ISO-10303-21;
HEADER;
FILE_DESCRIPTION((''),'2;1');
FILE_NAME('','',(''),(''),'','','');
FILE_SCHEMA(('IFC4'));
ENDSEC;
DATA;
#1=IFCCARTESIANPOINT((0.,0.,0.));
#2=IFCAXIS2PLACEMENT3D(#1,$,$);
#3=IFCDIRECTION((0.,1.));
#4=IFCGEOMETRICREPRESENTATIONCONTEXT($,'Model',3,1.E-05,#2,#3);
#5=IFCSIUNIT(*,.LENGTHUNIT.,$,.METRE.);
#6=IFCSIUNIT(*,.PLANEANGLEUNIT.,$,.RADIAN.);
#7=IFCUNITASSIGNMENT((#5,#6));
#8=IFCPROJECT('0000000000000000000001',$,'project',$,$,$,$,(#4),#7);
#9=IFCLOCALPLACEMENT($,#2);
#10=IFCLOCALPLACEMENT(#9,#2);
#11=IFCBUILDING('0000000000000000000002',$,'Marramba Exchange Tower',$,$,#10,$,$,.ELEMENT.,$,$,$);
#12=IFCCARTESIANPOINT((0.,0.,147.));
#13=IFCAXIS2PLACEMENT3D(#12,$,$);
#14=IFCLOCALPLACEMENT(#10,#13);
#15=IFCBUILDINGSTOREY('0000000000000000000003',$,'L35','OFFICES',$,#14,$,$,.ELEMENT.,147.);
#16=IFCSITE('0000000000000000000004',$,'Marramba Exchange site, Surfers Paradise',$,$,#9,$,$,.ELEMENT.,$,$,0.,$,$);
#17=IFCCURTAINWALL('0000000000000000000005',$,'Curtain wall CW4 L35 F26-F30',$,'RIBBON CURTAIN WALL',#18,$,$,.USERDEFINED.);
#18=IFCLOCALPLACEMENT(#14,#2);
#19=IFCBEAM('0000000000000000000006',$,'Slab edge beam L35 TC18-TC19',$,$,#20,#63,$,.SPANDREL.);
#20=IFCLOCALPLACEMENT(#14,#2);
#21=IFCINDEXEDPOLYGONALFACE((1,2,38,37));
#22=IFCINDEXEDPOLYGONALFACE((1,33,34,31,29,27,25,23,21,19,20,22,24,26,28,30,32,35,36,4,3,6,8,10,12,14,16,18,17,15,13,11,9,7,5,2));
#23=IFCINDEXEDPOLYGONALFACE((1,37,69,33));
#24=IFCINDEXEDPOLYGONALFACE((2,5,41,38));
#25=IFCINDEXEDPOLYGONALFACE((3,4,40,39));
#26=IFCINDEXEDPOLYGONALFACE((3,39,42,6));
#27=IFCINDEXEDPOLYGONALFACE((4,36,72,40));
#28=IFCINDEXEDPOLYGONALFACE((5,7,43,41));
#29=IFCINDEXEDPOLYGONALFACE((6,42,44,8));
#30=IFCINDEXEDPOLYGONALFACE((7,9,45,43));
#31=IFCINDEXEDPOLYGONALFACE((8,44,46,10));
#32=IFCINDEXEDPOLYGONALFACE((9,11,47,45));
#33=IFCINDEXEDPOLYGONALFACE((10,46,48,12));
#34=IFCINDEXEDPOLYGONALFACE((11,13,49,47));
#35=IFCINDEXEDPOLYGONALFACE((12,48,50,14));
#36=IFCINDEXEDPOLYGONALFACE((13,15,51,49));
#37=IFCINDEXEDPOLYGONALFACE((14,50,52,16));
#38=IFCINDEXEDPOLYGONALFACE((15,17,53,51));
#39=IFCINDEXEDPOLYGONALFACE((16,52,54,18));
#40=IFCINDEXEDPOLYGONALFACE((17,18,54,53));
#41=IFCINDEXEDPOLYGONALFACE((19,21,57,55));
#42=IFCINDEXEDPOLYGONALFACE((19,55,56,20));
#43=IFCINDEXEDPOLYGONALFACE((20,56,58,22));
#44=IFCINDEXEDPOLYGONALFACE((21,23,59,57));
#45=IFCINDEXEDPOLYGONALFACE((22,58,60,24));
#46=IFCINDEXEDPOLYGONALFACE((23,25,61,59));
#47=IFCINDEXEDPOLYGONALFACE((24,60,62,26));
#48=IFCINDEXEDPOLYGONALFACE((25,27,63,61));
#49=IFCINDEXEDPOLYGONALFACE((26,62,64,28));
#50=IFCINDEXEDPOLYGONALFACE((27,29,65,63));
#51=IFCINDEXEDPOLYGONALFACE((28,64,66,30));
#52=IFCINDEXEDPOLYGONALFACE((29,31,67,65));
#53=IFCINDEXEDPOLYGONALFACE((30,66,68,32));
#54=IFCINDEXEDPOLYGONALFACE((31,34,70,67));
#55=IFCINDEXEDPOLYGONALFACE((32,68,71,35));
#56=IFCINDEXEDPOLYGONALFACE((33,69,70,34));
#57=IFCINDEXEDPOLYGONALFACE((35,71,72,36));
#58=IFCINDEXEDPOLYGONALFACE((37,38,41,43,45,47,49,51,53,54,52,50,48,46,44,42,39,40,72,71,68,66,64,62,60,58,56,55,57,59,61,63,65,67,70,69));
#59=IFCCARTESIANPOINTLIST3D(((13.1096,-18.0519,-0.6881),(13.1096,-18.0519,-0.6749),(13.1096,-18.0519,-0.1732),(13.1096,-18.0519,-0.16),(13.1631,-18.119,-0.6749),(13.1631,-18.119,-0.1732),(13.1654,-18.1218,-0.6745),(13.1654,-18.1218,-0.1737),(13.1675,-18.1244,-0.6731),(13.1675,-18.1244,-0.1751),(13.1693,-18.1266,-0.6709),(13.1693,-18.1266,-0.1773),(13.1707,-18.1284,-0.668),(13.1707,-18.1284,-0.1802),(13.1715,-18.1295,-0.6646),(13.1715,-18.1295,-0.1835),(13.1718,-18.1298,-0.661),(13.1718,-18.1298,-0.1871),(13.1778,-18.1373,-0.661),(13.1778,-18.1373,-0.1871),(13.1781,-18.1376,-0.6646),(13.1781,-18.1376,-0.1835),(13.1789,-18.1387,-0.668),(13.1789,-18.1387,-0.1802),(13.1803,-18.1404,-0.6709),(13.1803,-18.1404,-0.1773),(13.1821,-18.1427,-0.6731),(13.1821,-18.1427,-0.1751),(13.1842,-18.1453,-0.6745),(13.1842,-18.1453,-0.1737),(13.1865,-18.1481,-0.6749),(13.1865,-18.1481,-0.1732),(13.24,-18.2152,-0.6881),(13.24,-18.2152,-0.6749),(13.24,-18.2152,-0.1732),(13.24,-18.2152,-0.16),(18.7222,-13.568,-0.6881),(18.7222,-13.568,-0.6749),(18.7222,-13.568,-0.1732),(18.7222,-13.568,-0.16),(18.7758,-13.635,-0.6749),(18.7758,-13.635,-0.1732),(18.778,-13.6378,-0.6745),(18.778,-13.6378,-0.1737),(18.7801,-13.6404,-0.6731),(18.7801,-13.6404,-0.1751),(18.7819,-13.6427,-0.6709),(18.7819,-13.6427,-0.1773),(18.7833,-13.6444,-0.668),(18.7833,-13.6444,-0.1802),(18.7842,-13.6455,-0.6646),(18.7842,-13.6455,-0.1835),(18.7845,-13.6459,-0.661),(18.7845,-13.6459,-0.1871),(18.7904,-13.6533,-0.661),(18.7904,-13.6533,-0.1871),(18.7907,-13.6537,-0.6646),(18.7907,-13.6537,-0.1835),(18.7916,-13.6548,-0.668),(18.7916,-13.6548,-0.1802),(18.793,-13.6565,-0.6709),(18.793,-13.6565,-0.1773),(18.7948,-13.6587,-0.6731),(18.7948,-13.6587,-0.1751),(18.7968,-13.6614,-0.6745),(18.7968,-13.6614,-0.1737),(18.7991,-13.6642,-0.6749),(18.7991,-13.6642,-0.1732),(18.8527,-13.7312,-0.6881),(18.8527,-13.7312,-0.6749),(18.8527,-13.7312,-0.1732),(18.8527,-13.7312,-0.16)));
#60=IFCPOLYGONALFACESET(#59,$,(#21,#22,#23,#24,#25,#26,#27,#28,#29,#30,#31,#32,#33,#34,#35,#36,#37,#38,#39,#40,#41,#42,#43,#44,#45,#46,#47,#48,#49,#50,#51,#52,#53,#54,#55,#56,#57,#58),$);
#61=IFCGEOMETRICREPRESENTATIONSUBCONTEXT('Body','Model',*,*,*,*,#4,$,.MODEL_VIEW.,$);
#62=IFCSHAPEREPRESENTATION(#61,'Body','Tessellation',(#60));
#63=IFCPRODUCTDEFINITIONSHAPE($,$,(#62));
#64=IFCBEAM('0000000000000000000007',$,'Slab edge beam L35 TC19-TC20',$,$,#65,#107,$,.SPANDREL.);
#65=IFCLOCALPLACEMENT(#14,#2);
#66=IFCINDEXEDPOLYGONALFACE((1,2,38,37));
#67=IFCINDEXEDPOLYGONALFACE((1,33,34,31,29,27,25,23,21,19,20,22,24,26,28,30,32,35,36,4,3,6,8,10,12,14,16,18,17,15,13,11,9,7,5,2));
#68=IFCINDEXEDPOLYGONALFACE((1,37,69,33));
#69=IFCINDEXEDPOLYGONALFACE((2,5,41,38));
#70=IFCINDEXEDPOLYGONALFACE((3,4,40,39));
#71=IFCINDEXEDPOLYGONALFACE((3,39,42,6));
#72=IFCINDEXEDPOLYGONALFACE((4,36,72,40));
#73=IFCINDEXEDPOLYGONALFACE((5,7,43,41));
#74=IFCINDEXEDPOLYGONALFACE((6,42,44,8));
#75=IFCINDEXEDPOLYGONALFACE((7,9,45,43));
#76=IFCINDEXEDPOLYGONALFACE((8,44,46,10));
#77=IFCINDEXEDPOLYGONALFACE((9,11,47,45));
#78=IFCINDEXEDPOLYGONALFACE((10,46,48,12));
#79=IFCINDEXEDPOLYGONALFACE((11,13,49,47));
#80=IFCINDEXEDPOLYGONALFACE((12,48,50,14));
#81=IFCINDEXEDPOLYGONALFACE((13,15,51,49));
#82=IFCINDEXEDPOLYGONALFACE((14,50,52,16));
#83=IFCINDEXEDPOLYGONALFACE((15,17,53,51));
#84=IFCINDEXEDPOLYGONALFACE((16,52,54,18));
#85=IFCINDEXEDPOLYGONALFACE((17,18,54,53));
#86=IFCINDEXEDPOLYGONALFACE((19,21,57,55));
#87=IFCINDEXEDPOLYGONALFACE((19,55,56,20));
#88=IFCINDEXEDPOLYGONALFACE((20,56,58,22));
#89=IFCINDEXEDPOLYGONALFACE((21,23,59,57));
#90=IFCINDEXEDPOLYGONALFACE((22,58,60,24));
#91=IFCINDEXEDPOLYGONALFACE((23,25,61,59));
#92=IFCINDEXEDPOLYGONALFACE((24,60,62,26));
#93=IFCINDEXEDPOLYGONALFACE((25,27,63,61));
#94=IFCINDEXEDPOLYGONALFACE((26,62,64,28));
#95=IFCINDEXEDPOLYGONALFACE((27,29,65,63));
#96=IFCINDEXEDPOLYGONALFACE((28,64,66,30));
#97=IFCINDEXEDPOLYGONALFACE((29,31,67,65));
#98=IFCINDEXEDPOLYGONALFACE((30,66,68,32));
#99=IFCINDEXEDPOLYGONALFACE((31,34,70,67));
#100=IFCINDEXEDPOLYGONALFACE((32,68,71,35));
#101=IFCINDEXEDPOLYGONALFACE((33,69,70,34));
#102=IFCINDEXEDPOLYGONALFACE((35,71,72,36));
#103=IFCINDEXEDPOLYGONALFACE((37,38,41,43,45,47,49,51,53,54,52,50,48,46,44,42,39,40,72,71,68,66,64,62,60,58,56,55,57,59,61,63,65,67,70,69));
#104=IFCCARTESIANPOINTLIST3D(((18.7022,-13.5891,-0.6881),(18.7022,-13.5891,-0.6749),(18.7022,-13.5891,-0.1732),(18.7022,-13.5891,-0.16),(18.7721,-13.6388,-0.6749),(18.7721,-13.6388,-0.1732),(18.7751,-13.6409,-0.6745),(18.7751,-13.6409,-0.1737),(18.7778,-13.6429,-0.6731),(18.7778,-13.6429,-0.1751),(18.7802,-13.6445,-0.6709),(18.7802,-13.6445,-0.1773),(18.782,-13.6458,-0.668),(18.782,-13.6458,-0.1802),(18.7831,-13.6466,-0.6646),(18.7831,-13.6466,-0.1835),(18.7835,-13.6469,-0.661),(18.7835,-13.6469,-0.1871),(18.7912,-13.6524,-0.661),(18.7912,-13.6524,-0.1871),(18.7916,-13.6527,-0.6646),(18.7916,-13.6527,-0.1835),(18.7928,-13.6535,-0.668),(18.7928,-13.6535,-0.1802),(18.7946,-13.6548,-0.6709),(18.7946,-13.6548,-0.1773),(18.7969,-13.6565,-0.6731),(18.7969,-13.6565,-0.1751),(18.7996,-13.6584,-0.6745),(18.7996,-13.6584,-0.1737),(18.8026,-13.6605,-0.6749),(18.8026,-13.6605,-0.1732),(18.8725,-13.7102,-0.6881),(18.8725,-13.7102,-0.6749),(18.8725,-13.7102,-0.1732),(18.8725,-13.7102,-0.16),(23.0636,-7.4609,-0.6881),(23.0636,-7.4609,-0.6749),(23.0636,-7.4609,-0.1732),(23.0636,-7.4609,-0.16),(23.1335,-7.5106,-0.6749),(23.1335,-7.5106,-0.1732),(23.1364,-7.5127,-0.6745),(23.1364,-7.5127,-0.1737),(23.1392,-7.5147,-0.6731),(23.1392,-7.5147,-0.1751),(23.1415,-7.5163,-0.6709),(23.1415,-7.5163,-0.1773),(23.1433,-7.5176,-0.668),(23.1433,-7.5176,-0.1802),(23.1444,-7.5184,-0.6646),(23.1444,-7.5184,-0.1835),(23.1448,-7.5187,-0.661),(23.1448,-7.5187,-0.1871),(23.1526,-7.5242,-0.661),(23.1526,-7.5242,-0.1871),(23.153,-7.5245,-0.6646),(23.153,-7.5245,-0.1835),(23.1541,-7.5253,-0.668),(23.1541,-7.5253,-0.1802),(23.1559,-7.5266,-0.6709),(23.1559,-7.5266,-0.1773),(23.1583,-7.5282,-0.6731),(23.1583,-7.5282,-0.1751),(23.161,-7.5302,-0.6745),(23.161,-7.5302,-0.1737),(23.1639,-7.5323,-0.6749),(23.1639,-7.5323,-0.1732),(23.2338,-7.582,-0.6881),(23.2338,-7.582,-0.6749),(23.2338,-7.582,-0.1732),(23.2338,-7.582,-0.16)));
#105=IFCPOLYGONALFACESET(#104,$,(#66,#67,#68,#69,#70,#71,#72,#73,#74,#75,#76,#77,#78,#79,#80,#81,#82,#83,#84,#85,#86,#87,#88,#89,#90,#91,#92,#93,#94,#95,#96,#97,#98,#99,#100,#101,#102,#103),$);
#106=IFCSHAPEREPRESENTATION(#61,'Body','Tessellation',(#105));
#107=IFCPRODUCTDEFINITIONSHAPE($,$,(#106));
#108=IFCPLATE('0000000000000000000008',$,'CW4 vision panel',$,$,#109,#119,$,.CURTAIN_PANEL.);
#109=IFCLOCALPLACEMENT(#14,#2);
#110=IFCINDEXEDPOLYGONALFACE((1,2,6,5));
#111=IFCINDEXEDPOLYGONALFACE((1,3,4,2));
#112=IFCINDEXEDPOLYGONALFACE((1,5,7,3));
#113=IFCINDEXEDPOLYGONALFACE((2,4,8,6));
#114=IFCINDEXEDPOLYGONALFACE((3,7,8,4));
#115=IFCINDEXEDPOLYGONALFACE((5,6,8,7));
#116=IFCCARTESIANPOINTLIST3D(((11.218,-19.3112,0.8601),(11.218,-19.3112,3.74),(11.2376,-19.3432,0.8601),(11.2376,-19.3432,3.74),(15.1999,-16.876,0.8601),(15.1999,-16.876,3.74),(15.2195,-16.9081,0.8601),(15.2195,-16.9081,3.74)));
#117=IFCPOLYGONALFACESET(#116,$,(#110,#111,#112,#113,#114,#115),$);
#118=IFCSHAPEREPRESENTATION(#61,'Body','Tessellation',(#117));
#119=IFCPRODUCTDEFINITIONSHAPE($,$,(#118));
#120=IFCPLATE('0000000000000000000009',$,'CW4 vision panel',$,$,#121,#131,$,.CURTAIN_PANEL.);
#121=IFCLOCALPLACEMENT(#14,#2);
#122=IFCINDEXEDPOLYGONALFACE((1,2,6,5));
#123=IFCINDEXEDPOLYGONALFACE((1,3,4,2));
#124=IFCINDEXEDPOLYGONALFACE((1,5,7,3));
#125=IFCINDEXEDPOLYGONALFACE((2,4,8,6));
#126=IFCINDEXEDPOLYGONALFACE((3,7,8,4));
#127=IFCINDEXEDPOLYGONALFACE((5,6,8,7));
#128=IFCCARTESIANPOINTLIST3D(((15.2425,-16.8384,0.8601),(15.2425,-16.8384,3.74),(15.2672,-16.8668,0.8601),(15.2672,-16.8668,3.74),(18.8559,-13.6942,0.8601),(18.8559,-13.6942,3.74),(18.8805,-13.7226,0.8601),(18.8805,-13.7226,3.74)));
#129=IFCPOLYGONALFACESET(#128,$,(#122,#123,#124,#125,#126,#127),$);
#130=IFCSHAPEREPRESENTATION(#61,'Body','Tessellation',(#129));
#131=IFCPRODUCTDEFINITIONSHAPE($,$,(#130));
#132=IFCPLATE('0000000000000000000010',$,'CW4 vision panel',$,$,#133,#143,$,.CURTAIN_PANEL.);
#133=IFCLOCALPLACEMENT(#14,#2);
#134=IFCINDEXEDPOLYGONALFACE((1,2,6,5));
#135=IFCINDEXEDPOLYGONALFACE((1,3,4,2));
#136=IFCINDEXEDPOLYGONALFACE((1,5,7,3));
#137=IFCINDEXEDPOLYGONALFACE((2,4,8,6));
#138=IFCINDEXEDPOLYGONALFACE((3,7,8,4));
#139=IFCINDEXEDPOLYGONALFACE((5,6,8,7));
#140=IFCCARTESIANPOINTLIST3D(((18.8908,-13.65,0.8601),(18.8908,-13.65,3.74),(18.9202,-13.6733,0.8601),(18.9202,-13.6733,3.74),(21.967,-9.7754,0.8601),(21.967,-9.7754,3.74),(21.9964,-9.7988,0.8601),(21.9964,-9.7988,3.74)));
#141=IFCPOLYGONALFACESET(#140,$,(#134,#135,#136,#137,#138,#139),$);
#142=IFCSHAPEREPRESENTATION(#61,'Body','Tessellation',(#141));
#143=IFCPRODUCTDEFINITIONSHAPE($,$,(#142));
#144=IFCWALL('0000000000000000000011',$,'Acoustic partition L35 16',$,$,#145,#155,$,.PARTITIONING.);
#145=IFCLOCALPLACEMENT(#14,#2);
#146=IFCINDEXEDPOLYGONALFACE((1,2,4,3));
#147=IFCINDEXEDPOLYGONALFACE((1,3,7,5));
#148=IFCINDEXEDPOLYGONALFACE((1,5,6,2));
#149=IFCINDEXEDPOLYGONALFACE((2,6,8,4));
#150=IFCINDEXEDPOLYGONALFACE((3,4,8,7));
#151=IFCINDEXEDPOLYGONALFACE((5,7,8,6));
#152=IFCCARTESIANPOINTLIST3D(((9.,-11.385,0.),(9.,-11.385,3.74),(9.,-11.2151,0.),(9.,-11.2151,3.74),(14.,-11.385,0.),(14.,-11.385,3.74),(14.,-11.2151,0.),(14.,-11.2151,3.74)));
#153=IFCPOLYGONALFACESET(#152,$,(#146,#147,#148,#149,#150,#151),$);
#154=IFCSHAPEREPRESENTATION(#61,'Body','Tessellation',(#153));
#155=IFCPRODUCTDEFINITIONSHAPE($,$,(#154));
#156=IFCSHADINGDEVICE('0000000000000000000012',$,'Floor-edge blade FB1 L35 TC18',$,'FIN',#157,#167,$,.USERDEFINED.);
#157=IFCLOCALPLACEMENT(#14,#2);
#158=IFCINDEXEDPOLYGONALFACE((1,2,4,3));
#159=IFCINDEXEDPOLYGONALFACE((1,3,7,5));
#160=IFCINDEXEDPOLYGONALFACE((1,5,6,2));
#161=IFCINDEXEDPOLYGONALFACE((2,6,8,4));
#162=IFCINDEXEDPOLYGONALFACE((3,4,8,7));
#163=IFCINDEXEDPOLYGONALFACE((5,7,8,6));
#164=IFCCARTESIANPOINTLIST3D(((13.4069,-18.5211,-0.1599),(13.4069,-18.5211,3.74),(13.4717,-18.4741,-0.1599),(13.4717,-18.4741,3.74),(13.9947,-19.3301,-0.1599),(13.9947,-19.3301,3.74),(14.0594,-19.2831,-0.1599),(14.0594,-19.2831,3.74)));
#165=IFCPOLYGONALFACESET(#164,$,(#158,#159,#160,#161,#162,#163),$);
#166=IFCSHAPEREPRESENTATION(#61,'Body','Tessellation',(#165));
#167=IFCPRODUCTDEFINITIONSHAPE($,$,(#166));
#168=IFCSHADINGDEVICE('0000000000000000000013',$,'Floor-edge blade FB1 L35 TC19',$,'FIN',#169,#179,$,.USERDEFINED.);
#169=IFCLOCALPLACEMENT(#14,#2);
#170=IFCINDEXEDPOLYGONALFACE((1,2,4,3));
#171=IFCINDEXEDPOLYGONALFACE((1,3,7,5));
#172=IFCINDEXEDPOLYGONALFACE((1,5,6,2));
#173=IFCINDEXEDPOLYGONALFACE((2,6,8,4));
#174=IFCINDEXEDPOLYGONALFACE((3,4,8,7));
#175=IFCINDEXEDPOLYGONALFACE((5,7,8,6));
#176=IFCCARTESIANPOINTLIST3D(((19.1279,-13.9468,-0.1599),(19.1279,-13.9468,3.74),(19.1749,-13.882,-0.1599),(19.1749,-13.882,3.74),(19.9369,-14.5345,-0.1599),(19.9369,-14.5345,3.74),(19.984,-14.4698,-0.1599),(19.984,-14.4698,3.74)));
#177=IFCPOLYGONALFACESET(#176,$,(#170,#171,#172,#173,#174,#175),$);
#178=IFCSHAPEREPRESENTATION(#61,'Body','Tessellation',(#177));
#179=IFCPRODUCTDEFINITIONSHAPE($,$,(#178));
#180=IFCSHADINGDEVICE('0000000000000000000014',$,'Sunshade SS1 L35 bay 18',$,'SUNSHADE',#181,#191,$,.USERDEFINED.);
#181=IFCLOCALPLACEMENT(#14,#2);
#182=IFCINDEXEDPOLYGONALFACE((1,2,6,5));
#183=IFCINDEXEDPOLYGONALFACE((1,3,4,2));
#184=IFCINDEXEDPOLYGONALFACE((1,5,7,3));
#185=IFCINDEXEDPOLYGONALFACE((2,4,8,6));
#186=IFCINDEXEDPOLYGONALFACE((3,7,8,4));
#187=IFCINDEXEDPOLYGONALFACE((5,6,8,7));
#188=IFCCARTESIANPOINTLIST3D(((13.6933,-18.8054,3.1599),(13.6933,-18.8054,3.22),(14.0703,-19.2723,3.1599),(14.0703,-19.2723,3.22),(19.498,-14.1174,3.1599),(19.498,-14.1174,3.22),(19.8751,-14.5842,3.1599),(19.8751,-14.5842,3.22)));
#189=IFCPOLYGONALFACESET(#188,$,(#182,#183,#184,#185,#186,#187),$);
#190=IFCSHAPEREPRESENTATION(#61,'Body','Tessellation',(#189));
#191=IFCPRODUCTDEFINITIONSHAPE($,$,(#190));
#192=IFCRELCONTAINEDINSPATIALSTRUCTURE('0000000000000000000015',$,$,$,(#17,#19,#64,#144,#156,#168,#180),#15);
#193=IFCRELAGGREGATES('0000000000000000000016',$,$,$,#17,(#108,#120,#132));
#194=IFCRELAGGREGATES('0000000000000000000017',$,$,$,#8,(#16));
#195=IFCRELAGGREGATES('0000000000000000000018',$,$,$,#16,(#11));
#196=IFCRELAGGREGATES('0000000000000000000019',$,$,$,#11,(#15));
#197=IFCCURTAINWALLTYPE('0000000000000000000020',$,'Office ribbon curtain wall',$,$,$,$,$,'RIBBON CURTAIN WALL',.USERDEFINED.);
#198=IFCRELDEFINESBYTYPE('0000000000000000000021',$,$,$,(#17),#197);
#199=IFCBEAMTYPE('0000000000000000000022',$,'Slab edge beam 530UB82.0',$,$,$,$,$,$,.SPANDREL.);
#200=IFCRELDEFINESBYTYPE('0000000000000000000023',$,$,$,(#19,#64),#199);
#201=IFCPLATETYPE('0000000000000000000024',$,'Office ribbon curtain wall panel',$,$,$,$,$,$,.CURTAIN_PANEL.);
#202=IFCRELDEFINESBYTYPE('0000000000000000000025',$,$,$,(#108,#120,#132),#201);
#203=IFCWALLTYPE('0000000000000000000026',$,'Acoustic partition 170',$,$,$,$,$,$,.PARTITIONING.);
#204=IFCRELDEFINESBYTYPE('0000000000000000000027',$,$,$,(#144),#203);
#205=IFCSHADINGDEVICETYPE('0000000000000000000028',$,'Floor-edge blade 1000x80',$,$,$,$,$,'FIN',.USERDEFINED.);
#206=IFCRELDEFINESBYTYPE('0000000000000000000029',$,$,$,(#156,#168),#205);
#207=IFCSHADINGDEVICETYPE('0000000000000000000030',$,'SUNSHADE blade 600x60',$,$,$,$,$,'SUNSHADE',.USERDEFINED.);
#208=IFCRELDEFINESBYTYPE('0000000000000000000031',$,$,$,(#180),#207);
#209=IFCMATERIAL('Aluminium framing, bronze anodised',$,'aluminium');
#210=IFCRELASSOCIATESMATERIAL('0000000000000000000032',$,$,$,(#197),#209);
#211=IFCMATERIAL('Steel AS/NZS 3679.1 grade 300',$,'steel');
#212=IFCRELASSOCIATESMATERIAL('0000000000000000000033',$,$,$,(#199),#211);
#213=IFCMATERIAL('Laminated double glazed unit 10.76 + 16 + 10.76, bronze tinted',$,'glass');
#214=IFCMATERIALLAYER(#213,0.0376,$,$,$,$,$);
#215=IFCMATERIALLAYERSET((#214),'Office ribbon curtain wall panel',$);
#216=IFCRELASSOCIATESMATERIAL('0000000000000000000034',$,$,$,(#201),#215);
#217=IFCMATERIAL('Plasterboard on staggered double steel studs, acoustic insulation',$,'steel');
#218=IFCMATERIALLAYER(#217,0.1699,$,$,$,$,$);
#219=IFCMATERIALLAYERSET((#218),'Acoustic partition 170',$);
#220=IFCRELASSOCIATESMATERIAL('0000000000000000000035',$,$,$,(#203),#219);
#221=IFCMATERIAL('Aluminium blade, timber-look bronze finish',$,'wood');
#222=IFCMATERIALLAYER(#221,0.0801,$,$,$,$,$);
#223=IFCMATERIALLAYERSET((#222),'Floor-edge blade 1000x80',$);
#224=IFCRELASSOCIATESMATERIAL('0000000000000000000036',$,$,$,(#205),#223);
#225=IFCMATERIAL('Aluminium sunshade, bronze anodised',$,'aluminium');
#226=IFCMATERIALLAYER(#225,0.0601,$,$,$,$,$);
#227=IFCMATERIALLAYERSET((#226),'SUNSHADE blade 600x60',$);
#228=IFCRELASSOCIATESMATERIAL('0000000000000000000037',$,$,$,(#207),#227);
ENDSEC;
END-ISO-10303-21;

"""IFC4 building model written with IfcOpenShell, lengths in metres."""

from ifc_helpers import new_model, si_unit, direction, frame, frame_2d, origin, origin_2d, place, context, subcontext, project, spatial, rectangle, i_section, extrude, material, layer, layer_set, material_profile, profile_set, type_object, element, aggregate, save


model = new_model("IFC4")

# Units and contexts
model_context = context("Model", 3, precision=1e-05, world=origin(), true_north=direction((0.0, 1.0)))
body_context = subcontext(model_context, "Body", "Model", "MODEL_VIEW")
ifc_project = project(units=[si_unit("LENGTHUNIT", "METRE"), si_unit("PLANEANGLEUNIT", "RADIAN")], contexts=[model_context])

# Site, building, storey
site_placement = place(None, origin())
site = spatial("IfcSite", under=ifc_project, at=site_placement, Name="Marramba Exchange site, Surfers Paradise", CompositionType="ELEMENT", RefElevation=0.0)
building_placement = place(site_placement, origin())
building = spatial("IfcBuilding", under=site, at=building_placement, Name="Marramba Exchange Tower", CompositionType="ELEMENT")
storey_placement = place(building_placement, frame((0.0, 0.0, 147.0)))
storey = spatial("IfcBuildingStorey", under=building, at=storey_placement, Name="L35", Description="OFFICES", CompositionType="ELEMENT", Elevation=147.0)

# Curtain wall
ifc_material_1 = material(Name="Aluminium framing, bronze anodised", Category="aluminium")
curtain_wall_type = type_object("IfcCurtainWallType", Name="Office ribbon curtain wall", ElementType="RIBBON CURTAIN WALL", PredefinedType="USERDEFINED", material=ifc_material_1)
curtain_wall_placement = place(storey_placement, origin())
curtain_wall = element("IfcCurtainWall", 1, at=curtain_wall_placement, inside=storey, type_object=curtain_wall_type, Name="Curtain wall CW4 L35 F26-F30", ObjectType="RIBBON CURTAIN WALL", PredefinedType="USERDEFINED")

# Beams
ifc_material_2 = material(Name="Steel AS/NZS 3679.1 grade 300", Category="steel")
ifc_material_profile_1 = material_profile(ifc_material_2, i_section(OverallWidth=0.209, OverallDepth=0.5281, WebThickness=0.0095, FlangeThickness=0.0132, FilletRadius=0.0139, at=origin_2d()), Name="530UB82.0")
ifc_profile_set_1 = profile_set([ifc_material_profile_1], Name="Steel AS/NZS 3679.1 grade 300")
beam_type_1 = type_object("IfcBeamType", Name="Slab edge beam 530UB82.0", PredefinedType="SPANDREL", material=ifc_profile_set_1)
beam_1_placement = place(storey_placement, frame((13.1748, -18.1335, -0.4241), z_axis=(0.781286, 0.624173, 0.0), x_axis=(-0.624173, 0.781286, 0.0)))
element("IfcBeam", 2, at=beam_1_placement, inside=storey, type_object=beam_type_1, Name="Slab edge beam L35 TC18-TC19", PredefinedType="SPANDREL", context=body_context, shape_type="SweptSolid", body=[
    extrude(i_section(OverallWidth=0.209, OverallDepth=0.5281, WebThickness=0.0095, FlangeThickness=0.0132, FilletRadius=0.0139, at=origin_2d()), origin(), (0.0, 0.0, 1.0), 7.1838),
])
beam_2_placement = place(storey_placement, frame((18.7874, -13.6497, -0.4241), z_axis=(0.579834, 0.814735, 0.0), x_axis=(-0.814735, 0.579834, 0.0)))
element("IfcBeam", 3, at=beam_2_placement, inside=storey, type_object=beam_type_1, Name="Slab edge beam L35 TC19-TC20", PredefinedType="SPANDREL", context=body_context, shape_type="SweptSolid", body=[
    extrude(i_section(OverallWidth=0.209, OverallDepth=0.5281, WebThickness=0.0095, FlangeThickness=0.0132, FilletRadius=0.0139, at=origin_2d()), origin(), (0.0, 0.0, 1.0), 7.5217),
])

# Plates
ifc_material_3 = material(Name="Laminated double glazed unit 10.76 + 16 + 10.76, bronze tinted", Category="glass")
ifc_layer_1 = layer(ifc_material_3, 0.0376)
ifc_layer_set_1 = layer_set([ifc_layer_1], Name="Office ribbon curtain wall panel")
plate_type = type_object("IfcPlateType", Name="Office ribbon curtain wall panel", PredefinedType="CURTAIN_PANEL", material=ifc_layer_set_1)
plate_1_placement = place(storey_placement, frame((13.2188, -18.1096, 0.8601), z_axis=(0.0, 0.0, 1.0), x_axis=(0.853109, 0.521733, 0.0)))
plate_1 = element("IfcPlate", 4, at=plate_1_placement, type_object=plate_type, Name="CW4 vision panel", PredefinedType="CURTAIN_PANEL", context=body_context, shape_type="SweptSolid", body=[
    extrude(rectangle(XDim=4.6675, YDim=0.0376, at=origin_2d()), origin(), (0.0, 0.0, 1.0), 2.8799),
])
plate_2_placement = place(storey_placement, frame((17.0615, -15.2805, 0.8601), z_axis=(0.0, 0.0, 1.0), x_axis=(0.754386, 0.656432, 0.0)))
plate_2 = element("IfcPlate", 5, at=plate_2_placement, type_object=plate_type, Name="CW4 vision panel", PredefinedType="CURTAIN_PANEL", context=body_context, shape_type="SweptSolid", body=[
    extrude(rectangle(XDim=4.7898, YDim=0.0376, at=origin_2d()), origin(), (0.0, 0.0, 1.0), 2.8799),
])
plate_3_placement = place(storey_placement, frame((20.4436, -11.7244, 0.8601), z_axis=(0.0, 0.0, 1.0), x_axis=(0.621807, 0.78317, 0.0)))
plate_3 = element("IfcPlate", 6, at=plate_3_placement, type_object=plate_type, Name="CW4 vision panel", PredefinedType="CURTAIN_PANEL", context=body_context, shape_type="SweptSolid", body=[
    extrude(rectangle(XDim=4.9473, YDim=0.0376, at=origin_2d()), origin(), (0.0, 0.0, 1.0), 2.8799),
])
aggregate(curtain_wall, [plate_1, plate_2, plate_3])

# Wall
ifc_material_4 = material(Name="Plasterboard on staggered double steel studs, acoustic insulation", Category="steel")
ifc_layer_2 = layer(ifc_material_4, 0.1699)
ifc_layer_set_2 = layer_set([ifc_layer_2], Name="Acoustic partition 170")
wall_type = type_object("IfcWallType", Name="Acoustic partition 170", PredefinedType="PARTITIONING", material=ifc_layer_set_2)
wall_1_placement = place(storey_placement, frame((14.0, -11.3, 0.0), z_axis=(0.0, 0.0, 1.0), x_axis=(-1.0, 0.0, 0.0)))
element("IfcWall", 7, at=wall_1_placement, inside=storey, type_object=wall_type, Name="Acoustic partition L35 16", PredefinedType="PARTITIONING", context=body_context, shape_type="SweptSolid", body=[
    extrude(rectangle(XDim=5.0, YDim=0.1699, at=frame_2d((2.5, 0.0))), origin(), (0.0, 0.0, 1.0), 3.74),
])

# Shading devices
ifc_material_5 = material(Name="Aluminium blade, timber-look bronze finish", Category="wood")
ifc_layer_3 = layer(ifc_material_5, 0.0801)
ifc_layer_set_3 = layer_set([ifc_layer_3], Name="Floor-edge blade 1000x80")
shading_device_type_1 = type_object("IfcShadingDeviceType", Name="Floor-edge blade 1000x80", ElementType="FIN", PredefinedType="USERDEFINED", material=ifc_layer_set_3)
for number, where, z_axis, x_axis, name in (
    (8, (13.7332, -18.9021, -0.1599), (0.0, 0.0, 1.0), (0.587785, -0.809017, 0.0), "Floor-edge blade FB1 L35 TC18"),
    (9, (19.5559, -14.2083, -0.1599), (0.0, 0.0, 1.0), (0.809017, -0.587785, 0.0), "Floor-edge blade FB1 L35 TC19"),
):
    element("IfcShadingDevice", number, at=place(storey_placement, frame(where, z_axis=z_axis, x_axis=x_axis)), inside=storey, type_object=shading_device_type_1, Name=name, ObjectType="FIN", PredefinedType="USERDEFINED", context=body_context, shape_type="SweptSolid", body=[
        extrude(rectangle(XDim=1.0, YDim=0.0801, at=origin_2d()), origin(), (0.0, 0.0, 1.0), 3.8999),
    ])
ifc_material_6 = material(Name="Aluminium sunshade, bronze anodised", Category="aluminium")
ifc_layer_4 = layer(ifc_material_6, 0.0601)
ifc_layer_set_4 = layer_set([ifc_layer_4], Name="SUNSHADE blade 600x60")
shading_device_type_2 = type_object("IfcShadingDeviceType", Name="SUNSHADE blade 600x60", ElementType="SUNSHADE", PredefinedType="USERDEFINED", material=ifc_layer_set_4)
shading_device_placement = place(storey_placement, frame((16.7842, -16.6948, 3.1599), z_axis=(0.0, 0.0, 1.0), x_axis=(0.777962, 0.628311, 0.0)))
element("IfcShadingDevice", 10, at=shading_device_placement, inside=storey, type_object=shading_device_type_2, Name="Sunshade SS1 L35 bay 18", ObjectType="SUNSHADE", PredefinedType="USERDEFINED", context=body_context, shape_type="SweptSolid", body=[
    extrude(rectangle(XDim=7.4614, YDim=0.6001, at=origin_2d()), origin(), (0.0, 0.0, 1.0), 0.0601),
])

save(model, "model.ifc")
